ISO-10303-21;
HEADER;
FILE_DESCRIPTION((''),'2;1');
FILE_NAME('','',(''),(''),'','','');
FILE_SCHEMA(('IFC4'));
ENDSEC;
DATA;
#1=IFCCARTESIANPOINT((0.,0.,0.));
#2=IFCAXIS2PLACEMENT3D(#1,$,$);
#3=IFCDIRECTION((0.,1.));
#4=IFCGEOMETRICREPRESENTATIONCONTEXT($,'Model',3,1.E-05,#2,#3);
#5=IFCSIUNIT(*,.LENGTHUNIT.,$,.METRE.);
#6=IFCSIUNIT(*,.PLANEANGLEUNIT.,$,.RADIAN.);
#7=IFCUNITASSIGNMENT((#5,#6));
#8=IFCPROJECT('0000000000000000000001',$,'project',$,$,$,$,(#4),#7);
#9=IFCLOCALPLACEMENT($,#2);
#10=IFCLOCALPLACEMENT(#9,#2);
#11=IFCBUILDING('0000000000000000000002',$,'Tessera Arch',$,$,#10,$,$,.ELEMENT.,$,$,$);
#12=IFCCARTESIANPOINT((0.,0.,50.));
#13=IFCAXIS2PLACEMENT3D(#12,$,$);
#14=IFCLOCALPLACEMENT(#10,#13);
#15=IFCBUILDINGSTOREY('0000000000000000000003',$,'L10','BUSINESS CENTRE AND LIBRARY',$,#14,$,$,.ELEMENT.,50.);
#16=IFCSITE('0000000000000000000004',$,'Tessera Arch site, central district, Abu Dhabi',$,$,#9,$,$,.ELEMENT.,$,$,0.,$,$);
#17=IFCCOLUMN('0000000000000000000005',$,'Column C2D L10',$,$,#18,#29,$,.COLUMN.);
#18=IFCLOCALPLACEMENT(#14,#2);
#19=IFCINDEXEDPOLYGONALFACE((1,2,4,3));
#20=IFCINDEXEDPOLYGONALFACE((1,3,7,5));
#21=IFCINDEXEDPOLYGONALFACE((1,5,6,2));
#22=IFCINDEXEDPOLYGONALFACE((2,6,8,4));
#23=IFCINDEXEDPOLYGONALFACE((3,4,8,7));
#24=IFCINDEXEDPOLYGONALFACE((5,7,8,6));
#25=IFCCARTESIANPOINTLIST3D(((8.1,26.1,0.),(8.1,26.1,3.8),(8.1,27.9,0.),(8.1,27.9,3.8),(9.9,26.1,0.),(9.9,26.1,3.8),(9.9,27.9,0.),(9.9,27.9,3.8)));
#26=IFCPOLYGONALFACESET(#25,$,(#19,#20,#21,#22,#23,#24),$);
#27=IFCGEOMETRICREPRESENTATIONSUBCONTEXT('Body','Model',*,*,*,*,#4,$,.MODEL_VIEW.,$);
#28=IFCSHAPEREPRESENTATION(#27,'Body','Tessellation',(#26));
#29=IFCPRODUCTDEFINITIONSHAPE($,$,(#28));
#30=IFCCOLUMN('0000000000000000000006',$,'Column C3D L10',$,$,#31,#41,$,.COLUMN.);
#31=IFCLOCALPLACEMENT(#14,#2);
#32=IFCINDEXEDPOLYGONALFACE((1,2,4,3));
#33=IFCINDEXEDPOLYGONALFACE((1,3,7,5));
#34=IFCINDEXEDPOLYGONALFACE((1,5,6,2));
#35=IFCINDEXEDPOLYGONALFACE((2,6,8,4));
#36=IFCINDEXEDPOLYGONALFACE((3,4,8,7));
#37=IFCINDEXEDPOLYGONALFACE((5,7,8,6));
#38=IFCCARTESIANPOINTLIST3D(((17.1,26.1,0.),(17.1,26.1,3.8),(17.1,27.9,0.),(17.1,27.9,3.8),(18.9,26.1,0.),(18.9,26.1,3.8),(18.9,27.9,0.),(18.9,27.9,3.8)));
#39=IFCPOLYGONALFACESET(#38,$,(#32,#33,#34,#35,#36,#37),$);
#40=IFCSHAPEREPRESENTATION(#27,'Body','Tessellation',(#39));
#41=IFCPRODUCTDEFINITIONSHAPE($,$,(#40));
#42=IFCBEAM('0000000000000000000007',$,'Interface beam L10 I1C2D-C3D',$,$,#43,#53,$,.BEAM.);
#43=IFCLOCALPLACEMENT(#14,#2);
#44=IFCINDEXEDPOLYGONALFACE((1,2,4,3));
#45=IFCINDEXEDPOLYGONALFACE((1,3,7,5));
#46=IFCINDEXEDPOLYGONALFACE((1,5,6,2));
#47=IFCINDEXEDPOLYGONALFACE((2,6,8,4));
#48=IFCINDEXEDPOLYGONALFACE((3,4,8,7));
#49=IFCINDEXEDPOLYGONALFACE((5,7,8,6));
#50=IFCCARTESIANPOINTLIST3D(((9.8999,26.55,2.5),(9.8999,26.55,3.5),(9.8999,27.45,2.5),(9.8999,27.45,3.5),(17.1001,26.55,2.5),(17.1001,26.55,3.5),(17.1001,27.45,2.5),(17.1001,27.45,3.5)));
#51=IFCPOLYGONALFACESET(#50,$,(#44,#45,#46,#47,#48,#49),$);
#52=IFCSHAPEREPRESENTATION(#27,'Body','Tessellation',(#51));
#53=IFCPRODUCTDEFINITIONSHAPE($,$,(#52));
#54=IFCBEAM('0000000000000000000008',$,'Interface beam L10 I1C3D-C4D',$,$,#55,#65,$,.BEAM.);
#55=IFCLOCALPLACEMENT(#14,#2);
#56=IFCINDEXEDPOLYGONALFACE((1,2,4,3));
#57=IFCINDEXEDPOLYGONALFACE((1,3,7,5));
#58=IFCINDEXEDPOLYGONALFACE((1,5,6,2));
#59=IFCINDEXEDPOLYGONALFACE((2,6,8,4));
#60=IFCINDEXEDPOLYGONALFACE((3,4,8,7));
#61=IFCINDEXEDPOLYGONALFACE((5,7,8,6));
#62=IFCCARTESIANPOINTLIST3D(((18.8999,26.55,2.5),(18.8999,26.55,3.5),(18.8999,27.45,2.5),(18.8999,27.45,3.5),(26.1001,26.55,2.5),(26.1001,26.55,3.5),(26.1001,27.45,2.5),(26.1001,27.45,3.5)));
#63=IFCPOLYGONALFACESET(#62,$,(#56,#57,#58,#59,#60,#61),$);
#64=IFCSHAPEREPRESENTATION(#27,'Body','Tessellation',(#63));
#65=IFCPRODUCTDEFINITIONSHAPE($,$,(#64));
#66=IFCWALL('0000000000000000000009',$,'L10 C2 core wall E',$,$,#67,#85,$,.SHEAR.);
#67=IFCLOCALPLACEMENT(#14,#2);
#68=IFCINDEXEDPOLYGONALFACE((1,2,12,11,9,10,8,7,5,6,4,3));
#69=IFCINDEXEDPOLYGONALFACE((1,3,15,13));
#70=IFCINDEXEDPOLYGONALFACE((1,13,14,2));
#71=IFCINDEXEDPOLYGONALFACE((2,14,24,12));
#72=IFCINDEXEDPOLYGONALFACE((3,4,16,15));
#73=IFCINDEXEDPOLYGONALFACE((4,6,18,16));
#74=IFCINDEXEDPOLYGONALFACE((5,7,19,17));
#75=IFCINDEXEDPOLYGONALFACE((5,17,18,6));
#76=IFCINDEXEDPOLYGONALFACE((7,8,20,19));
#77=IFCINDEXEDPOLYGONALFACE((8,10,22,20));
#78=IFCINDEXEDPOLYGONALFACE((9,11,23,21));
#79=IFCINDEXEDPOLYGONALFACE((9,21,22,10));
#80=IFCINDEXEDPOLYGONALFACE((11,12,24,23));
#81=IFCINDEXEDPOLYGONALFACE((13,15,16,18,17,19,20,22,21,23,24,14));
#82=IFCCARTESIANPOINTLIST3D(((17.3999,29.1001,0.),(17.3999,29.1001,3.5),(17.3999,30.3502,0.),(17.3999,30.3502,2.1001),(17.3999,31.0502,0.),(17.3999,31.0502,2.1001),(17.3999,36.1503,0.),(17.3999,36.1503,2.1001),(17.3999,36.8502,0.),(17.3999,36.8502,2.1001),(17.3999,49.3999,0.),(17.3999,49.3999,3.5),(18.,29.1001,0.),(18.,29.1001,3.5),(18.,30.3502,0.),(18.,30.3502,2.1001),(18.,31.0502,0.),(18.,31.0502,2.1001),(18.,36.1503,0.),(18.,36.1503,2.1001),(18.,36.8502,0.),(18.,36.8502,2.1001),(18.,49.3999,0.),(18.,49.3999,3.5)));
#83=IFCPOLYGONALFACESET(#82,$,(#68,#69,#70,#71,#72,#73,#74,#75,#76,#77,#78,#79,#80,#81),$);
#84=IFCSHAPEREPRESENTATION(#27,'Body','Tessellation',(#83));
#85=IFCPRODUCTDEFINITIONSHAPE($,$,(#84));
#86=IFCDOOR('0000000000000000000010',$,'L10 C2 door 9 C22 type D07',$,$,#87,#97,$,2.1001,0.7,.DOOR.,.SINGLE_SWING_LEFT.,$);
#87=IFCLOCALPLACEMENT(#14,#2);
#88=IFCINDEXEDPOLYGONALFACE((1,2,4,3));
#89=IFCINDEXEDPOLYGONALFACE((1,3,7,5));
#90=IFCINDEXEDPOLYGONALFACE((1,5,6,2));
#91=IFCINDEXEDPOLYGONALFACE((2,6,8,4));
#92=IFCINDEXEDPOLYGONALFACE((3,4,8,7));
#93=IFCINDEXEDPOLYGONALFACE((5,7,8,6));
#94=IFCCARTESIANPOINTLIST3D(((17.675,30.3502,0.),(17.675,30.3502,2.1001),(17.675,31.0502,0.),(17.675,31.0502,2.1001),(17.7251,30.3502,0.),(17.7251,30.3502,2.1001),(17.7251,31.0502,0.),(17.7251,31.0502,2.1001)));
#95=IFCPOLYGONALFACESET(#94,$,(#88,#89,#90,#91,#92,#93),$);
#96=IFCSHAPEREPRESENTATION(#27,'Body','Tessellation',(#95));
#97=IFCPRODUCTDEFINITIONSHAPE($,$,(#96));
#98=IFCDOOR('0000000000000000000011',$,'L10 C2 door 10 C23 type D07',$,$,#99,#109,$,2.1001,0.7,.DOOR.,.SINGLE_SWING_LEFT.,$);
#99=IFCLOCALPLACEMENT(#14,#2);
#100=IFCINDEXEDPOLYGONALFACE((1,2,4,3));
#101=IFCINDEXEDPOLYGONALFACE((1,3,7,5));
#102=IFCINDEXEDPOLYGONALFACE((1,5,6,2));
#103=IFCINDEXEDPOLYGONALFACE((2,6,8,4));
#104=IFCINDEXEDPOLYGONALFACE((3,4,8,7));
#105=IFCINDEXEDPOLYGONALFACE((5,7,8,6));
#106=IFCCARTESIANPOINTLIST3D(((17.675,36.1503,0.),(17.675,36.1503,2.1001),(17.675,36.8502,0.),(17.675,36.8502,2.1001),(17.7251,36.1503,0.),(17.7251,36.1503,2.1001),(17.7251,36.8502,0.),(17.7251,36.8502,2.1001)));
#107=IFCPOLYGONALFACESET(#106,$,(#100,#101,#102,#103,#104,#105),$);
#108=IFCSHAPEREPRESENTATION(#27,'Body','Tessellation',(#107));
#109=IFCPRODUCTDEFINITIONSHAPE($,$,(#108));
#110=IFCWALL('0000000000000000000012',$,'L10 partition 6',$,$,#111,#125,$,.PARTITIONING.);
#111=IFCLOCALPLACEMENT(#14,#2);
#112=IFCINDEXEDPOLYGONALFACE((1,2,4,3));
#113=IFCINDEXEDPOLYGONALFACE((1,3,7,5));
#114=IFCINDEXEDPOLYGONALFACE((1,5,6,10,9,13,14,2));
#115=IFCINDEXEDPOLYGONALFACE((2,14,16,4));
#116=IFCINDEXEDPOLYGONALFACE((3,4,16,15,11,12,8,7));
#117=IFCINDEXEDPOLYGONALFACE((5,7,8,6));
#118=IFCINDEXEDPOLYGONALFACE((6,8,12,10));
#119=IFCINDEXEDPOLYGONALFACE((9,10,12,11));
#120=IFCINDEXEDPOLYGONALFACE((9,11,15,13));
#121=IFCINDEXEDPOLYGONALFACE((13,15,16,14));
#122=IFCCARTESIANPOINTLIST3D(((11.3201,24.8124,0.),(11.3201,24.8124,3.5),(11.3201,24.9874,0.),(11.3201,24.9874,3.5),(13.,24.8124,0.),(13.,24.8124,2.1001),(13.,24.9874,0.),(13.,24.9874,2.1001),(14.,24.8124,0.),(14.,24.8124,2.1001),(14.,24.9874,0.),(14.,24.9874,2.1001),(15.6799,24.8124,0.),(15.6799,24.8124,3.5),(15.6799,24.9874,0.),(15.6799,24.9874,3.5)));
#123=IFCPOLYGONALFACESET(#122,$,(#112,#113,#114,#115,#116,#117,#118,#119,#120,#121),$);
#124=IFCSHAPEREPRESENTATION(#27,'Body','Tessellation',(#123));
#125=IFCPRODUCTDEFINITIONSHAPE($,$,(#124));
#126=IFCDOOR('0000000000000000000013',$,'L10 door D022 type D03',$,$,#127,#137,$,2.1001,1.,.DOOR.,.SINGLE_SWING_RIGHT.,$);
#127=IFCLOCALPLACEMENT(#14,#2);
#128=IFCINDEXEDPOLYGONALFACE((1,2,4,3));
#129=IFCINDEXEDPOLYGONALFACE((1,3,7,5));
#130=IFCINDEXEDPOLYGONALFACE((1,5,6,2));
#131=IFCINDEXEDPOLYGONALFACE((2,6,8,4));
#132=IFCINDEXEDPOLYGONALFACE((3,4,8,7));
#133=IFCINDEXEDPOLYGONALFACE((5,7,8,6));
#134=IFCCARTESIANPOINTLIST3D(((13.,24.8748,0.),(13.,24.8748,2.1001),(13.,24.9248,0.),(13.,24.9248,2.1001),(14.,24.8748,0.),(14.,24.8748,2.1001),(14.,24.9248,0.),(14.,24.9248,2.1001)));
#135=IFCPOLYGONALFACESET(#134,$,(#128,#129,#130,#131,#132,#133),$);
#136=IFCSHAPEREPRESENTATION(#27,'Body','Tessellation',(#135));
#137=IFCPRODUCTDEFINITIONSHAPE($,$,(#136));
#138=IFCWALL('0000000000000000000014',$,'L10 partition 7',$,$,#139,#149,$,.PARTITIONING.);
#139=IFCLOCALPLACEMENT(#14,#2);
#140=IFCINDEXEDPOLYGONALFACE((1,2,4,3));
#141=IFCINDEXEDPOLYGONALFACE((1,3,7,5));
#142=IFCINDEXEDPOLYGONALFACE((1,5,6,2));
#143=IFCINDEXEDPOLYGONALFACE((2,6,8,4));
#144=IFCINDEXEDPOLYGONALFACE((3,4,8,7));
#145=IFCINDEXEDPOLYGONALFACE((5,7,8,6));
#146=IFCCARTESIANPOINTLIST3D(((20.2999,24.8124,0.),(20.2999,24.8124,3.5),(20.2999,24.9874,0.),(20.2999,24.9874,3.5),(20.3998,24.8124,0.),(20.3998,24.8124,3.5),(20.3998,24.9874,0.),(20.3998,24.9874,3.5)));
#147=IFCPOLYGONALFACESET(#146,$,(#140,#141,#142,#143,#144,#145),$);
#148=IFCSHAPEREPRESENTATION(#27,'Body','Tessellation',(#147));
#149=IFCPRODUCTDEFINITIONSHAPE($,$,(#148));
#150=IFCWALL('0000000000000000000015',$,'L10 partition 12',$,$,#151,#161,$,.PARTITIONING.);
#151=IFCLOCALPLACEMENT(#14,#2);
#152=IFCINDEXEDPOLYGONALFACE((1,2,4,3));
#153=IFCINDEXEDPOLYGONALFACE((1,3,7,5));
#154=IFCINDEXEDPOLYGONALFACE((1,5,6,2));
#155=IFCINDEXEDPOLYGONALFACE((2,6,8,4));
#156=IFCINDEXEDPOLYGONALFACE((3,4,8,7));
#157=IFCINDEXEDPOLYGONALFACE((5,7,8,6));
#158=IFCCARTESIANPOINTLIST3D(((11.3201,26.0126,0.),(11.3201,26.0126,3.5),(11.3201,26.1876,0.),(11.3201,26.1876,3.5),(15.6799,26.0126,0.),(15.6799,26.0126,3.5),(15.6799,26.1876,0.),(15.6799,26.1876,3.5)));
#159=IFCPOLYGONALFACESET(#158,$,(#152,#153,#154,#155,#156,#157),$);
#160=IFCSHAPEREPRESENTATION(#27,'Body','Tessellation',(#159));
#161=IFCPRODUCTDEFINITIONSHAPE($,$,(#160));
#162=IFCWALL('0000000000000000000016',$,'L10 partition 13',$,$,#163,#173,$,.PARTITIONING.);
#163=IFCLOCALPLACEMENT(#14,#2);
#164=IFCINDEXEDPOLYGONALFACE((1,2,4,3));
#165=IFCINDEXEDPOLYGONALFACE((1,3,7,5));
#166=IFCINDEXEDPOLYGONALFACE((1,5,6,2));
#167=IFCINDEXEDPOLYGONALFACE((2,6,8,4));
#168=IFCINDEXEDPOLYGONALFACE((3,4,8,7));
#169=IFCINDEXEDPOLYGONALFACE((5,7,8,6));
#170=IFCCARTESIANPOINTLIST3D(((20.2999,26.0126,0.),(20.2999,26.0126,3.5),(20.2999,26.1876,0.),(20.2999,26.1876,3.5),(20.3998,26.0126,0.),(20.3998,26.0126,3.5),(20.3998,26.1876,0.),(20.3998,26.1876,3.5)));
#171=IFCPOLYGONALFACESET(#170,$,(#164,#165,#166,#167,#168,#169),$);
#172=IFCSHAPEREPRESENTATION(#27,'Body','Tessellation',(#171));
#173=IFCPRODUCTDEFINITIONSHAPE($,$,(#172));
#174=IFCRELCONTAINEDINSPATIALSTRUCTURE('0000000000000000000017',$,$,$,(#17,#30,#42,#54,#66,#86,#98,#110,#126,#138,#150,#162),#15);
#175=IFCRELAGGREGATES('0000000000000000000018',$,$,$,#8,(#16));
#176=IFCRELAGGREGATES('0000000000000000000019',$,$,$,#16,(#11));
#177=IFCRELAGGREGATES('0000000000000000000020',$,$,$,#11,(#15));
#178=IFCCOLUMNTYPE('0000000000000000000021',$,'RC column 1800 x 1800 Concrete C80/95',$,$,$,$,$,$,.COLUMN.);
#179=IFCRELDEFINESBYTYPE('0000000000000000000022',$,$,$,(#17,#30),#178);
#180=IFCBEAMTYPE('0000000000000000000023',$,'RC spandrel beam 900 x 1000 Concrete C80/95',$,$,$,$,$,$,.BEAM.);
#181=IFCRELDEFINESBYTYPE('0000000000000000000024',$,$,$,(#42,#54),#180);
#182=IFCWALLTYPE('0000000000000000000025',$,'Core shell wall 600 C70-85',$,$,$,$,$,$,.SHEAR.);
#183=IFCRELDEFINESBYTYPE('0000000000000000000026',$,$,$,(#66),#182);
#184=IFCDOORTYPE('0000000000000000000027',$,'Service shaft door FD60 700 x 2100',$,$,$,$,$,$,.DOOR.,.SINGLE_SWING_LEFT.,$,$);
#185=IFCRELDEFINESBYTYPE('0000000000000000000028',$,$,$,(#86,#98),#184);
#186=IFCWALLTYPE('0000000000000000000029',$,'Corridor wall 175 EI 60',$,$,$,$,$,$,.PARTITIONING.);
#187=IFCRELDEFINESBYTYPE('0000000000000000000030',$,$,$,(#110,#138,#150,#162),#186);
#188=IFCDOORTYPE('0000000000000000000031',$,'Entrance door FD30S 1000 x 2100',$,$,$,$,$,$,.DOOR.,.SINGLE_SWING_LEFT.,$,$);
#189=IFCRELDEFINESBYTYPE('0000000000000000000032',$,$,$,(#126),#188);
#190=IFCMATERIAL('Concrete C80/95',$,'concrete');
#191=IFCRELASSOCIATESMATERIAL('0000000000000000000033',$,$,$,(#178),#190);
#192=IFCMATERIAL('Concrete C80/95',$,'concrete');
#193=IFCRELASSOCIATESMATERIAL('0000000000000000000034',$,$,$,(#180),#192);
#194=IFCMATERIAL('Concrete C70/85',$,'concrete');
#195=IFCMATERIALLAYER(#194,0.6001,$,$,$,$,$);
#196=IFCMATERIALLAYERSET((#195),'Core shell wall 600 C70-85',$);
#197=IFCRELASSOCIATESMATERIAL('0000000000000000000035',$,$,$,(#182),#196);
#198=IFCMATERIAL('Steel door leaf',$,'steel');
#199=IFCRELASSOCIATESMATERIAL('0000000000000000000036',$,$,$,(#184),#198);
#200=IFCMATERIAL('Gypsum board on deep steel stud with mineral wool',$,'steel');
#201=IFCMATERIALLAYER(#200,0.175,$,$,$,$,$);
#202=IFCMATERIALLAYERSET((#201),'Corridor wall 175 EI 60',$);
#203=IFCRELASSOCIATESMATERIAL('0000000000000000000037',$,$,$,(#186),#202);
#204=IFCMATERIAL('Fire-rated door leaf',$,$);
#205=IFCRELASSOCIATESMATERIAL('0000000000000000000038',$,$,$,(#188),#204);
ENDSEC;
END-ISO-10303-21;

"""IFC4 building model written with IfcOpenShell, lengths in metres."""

from ifc_helpers import new_model, si_unit, direction, frame, frame_2d, origin, origin_2d, place, context, subcontext, project, spatial, rectangle, extrude, material, layer, layer_set, material_profile, profile_set, type_object, element, fill, save


model = new_model("IFC4")

# Units and contexts
model_context = context("Model", 3, precision=1e-05, world=origin(), true_north=direction((0.0, 1.0)))
body_context = subcontext(model_context, "Body", "Model", "MODEL_VIEW")
ifc_project = project(units=[si_unit("LENGTHUNIT", "METRE"), si_unit("PLANEANGLEUNIT", "RADIAN")], contexts=[model_context])

# Site, building, storey
site_placement = place(None, origin())
site = spatial("IfcSite", under=ifc_project, at=site_placement, Name="Tessera Arch site, central district, Abu Dhabi", CompositionType="ELEMENT", RefElevation=0.0)
building_placement = place(site_placement, origin())
building = spatial("IfcBuilding", under=site, at=building_placement, Name="Tessera Arch", CompositionType="ELEMENT")
storey_placement = place(building_placement, frame((0.0, 0.0, 50.0)))
storey = spatial("IfcBuildingStorey", under=building, at=storey_placement, Name="L10", Description="BUSINESS CENTRE AND LIBRARY", CompositionType="ELEMENT", Elevation=50.0)

# Columns
ifc_material_1 = material(Name="Concrete C80/95", Category="concrete")
ifc_material_profile_1 = material_profile(ifc_material_1, rectangle(XDim=1.8, YDim=1.8, at=origin_2d()), Name="RC column 1800 x 1800 Concrete C80/95")
ifc_profile_set_1 = profile_set([ifc_material_profile_1], Name="Concrete C80/95")
column_type = type_object("IfcColumnType", Name="RC column 1800 x 1800 Concrete C80/95", PredefinedType="COLUMN", material=ifc_profile_set_1)
for number, where, z_axis, x_axis, name in (
    (1, (9.0, 27.0, 0.0), (0.0, 0.0, 1.0), (1.0, 0.0, 0.0), "Column C2D L10"),
    (2, (18.0, 27.0, 0.0), (0.0, 0.0, 1.0), (1.0, 0.0, 0.0), "Column C3D L10"),
):
    element("IfcColumn", number, at=place(storey_placement, frame(where, z_axis=z_axis, x_axis=x_axis)), inside=storey, type_object=column_type, Name=name, PredefinedType="COLUMN", context=body_context, shape_type="SweptSolid", body=[
        extrude(rectangle(XDim=1.8, YDim=1.8, at=origin_2d()), origin(), (0.0, 0.0, 1.0), 3.8),
    ])

# Beams
ifc_material_2 = material(Name="Concrete C80/95", Category="concrete")
ifc_material_profile_2 = material_profile(ifc_material_2, rectangle(XDim=0.8999, YDim=1.0, at=origin_2d()), Name="RC spandrel beam 900 x 1000 Concrete C80/95")
ifc_profile_set_2 = profile_set([ifc_material_profile_2], Name="Concrete C80/95")
beam_type = type_object("IfcBeamType", Name="RC spandrel beam 900 x 1000 Concrete C80/95", PredefinedType="BEAM", material=ifc_profile_set_2)
for number, where, z_axis, x_axis, name in (
    (3, (9.8999, 27.0, 3.0), (1.0, 0.0, 0.0), (0.0, 1.0, 0.0), "Interface beam L10 I1C2D-C3D"),
    (4, (18.8999, 27.0, 3.0), (1.0, 0.0, 0.0), (0.0, 1.0, 0.0), "Interface beam L10 I1C3D-C4D"),
):
    element("IfcBeam", number, at=place(storey_placement, frame(where, z_axis=z_axis, x_axis=x_axis)), inside=storey, type_object=beam_type, Name=name, PredefinedType="BEAM", context=body_context, shape_type="SweptSolid", body=[
        extrude(rectangle(XDim=0.8999, YDim=1.0, at=origin_2d()), origin(), (0.0, 0.0, 1.0), 7.2002),
    ])

# Wall, openings, doors
ifc_material_3 = material(Name="Concrete C70/85", Category="concrete")
ifc_layer_1 = layer(ifc_material_3, 0.6001)
ifc_layer_set_1 = layer_set([ifc_layer_1], Name="Core shell wall 600 C70-85")
wall_type_1 = type_object("IfcWallType", Name="Core shell wall 600 C70-85", PredefinedType="SHEAR", material=ifc_layer_set_1)
wall_1_placement = place(storey_placement, frame((17.7, 29.1001, 0.0), z_axis=(0.0, 0.0, 1.0), x_axis=(0.0, 1.0, 0.0)))
wall_1 = element("IfcWall", 5, at=wall_1_placement, inside=storey, type_object=wall_type_1, Name="L10 C2 core wall E", PredefinedType="SHEAR", context=body_context, shape_type="SweptSolid", body=[
    extrude(rectangle(XDim=20.2998, YDim=0.6001, at=frame_2d((10.1499, 0.0))), origin(), (0.0, 0.0, 1.0), 3.5),
])
opening_1_placement = place(wall_1_placement, frame((1.25, 0.0, 0.0)))
opening_1 = element("IfcOpeningElement", 6, at=opening_1_placement, cuts=wall_1, PredefinedType="OPENING", context=body_context, shape_type="SweptSolid", body=[
    extrude(rectangle(XDim=0.7, YDim=2.1001, at=frame_2d((0.3501, 1.05))), frame((0.0, 0.3101, 0.0), z_axis=(0.0, -1.0, 0.0), x_axis=(1.0, 0.0, 0.0)), (0.0, 0.0, 1.0), 0.6201),
])
opening_2_placement = place(wall_1_placement, frame((7.05, 0.0, 0.0)))
opening_2 = element("IfcOpeningElement", 7, at=opening_2_placement, cuts=wall_1, PredefinedType="OPENING", context=body_context, shape_type="SweptSolid", body=[
    extrude(rectangle(XDim=0.7, YDim=2.1001, at=frame_2d((0.3501, 1.05))), frame((0.0, 0.3101, 0.0), z_axis=(0.0, -1.0, 0.0), x_axis=(1.0, 0.0, 0.0)), (0.0, 0.0, 1.0), 0.6201),
])
ifc_material_4 = material(Name="Steel door leaf", Category="steel")
door_type_1 = type_object("IfcDoorType", Name="Service shaft door FD60 700 x 2100", OperationType="SINGLE_SWING_LEFT", PredefinedType="DOOR", material=ifc_material_4)
door_1_placement = place(opening_1_placement, origin())
door_1 = element("IfcDoor", 8, at=door_1_placement, inside=storey, type_object=door_type_1, Name="L10 C2 door 9 C22 type D07", OperationType="SINGLE_SWING_LEFT", OverallHeight=2.1001, OverallWidth=0.7, PredefinedType="DOOR", context=body_context, shape_type="SweptSolid", body=[
    extrude(rectangle(XDim=0.7, YDim=2.1001, at=frame_2d((0.3501, 1.05))), frame((0.0, 0.0249, 0.0), z_axis=(0.0, -1.0, 0.0), x_axis=(1.0, 0.0, 0.0)), (0.0, 0.0, 1.0), 0.05),
])
fill(opening_1, door_1)
door_2_placement = place(opening_2_placement, origin())
door_2 = element("IfcDoor", 9, at=door_2_placement, inside=storey, type_object=door_type_1, Name="L10 C2 door 10 C23 type D07", OperationType="SINGLE_SWING_LEFT", OverallHeight=2.1001, OverallWidth=0.7, PredefinedType="DOOR", context=body_context, shape_type="SweptSolid", body=[
    extrude(rectangle(XDim=0.7, YDim=2.1001, at=frame_2d((0.3501, 1.05))), frame((0.0, 0.0249, 0.0), z_axis=(0.0, -1.0, 0.0), x_axis=(1.0, 0.0, 0.0)), (0.0, 0.0, 1.0), 0.05),
])
fill(opening_2, door_2)

# Wall, opening, door
ifc_material_5 = material(Name="Gypsum board on deep steel stud with mineral wool", Category="steel")
ifc_layer_2 = layer(ifc_material_5, 0.175)
ifc_layer_set_2 = layer_set([ifc_layer_2], Name="Corridor wall 175 EI 60")
wall_type_2 = type_object("IfcWallType", Name="Corridor wall 175 EI 60", PredefinedType="PARTITIONING", material=ifc_layer_set_2)
wall_2_placement = place(storey_placement, frame((11.3201, 24.8999, 0.0), z_axis=(0.0, 0.0, 1.0), x_axis=(1.0, 0.0, 0.0)))
wall_2 = element("IfcWall", 10, at=wall_2_placement, inside=storey, type_object=wall_type_2, Name="L10 partition 6", PredefinedType="PARTITIONING", context=body_context, shape_type="SweptSolid", body=[
    extrude(rectangle(XDim=4.3599, YDim=0.175, at=frame_2d((2.1799, 0.0))), origin(), (0.0, 0.0, 1.0), 3.5),
])
opening_3_placement = place(wall_2_placement, frame((1.6799, 0.0, 0.0)))
opening_3 = element("IfcOpeningElement", 11, at=opening_3_placement, cuts=wall_2, PredefinedType="OPENING", context=body_context, shape_type="SweptSolid", body=[
    extrude(rectangle(XDim=1.0, YDim=2.1001, at=frame_2d((0.5, 1.05))), frame((0.0, 0.0974, 0.0), z_axis=(0.0, -1.0, 0.0), x_axis=(1.0, 0.0, 0.0)), (0.0, 0.0, 1.0), 0.1951),
])
ifc_material_6 = material(Name="Fire-rated door leaf")
door_type_2 = type_object("IfcDoorType", Name="Entrance door FD30S 1000 x 2100", OperationType="SINGLE_SWING_LEFT", PredefinedType="DOOR", material=ifc_material_6)
door_3_placement = place(opening_3_placement, origin())
door_3 = element("IfcDoor", 12, at=door_3_placement, inside=storey, type_object=door_type_2, Name="L10 door D022 type D03", OperationType="SINGLE_SWING_RIGHT", OverallHeight=2.1001, OverallWidth=1.0, PredefinedType="DOOR", context=body_context, shape_type="SweptSolid", body=[
    extrude(rectangle(XDim=1.0, YDim=2.1001, at=frame_2d((0.5, 1.05))), frame((0.0, 0.0249, 0.0), z_axis=(0.0, -1.0, 0.0), x_axis=(1.0, 0.0, 0.0)), (0.0, 0.0, 1.0), 0.05),
])
fill(opening_3, door_3)

# Walls
wall_3_placement = place(storey_placement, frame((20.3, 24.8999, 0.0), z_axis=(0.0, 0.0, 1.0), x_axis=(1.0, 0.0, 0.0)))
element("IfcWall", 13, at=wall_3_placement, inside=storey, type_object=wall_type_2, Name="L10 partition 7", PredefinedType="PARTITIONING", context=body_context, shape_type="SweptSolid", body=[
    extrude(rectangle(XDim=0.0999, YDim=0.175, at=frame_2d((0.0498, 0.0))), origin(), (0.0, 0.0, 1.0), 3.5),
])
wall_4_placement = place(storey_placement, frame((11.3201, 26.1001, 0.0), z_axis=(0.0, 0.0, 1.0), x_axis=(1.0, 0.0, 0.0)))
element("IfcWall", 14, at=wall_4_placement, inside=storey, type_object=wall_type_2, Name="L10 partition 12", PredefinedType="PARTITIONING", context=body_context, shape_type="SweptSolid", body=[
    extrude(rectangle(XDim=4.3599, YDim=0.175, at=frame_2d((2.1799, 0.0))), origin(), (0.0, 0.0, 1.0), 3.5),
])
wall_5_placement = place(storey_placement, frame((20.3, 26.1001, 0.0), z_axis=(0.0, 0.0, 1.0), x_axis=(1.0, 0.0, 0.0)))
element("IfcWall", 15, at=wall_5_placement, inside=storey, type_object=wall_type_2, Name="L10 partition 13", PredefinedType="PARTITIONING", context=body_context, shape_type="SweptSolid", body=[
    extrude(rectangle(XDim=0.0999, YDim=0.175, at=frame_2d((0.0498, 0.0))), origin(), (0.0, 0.0, 1.0), 3.5),
])

save(model, "model.ifc")
